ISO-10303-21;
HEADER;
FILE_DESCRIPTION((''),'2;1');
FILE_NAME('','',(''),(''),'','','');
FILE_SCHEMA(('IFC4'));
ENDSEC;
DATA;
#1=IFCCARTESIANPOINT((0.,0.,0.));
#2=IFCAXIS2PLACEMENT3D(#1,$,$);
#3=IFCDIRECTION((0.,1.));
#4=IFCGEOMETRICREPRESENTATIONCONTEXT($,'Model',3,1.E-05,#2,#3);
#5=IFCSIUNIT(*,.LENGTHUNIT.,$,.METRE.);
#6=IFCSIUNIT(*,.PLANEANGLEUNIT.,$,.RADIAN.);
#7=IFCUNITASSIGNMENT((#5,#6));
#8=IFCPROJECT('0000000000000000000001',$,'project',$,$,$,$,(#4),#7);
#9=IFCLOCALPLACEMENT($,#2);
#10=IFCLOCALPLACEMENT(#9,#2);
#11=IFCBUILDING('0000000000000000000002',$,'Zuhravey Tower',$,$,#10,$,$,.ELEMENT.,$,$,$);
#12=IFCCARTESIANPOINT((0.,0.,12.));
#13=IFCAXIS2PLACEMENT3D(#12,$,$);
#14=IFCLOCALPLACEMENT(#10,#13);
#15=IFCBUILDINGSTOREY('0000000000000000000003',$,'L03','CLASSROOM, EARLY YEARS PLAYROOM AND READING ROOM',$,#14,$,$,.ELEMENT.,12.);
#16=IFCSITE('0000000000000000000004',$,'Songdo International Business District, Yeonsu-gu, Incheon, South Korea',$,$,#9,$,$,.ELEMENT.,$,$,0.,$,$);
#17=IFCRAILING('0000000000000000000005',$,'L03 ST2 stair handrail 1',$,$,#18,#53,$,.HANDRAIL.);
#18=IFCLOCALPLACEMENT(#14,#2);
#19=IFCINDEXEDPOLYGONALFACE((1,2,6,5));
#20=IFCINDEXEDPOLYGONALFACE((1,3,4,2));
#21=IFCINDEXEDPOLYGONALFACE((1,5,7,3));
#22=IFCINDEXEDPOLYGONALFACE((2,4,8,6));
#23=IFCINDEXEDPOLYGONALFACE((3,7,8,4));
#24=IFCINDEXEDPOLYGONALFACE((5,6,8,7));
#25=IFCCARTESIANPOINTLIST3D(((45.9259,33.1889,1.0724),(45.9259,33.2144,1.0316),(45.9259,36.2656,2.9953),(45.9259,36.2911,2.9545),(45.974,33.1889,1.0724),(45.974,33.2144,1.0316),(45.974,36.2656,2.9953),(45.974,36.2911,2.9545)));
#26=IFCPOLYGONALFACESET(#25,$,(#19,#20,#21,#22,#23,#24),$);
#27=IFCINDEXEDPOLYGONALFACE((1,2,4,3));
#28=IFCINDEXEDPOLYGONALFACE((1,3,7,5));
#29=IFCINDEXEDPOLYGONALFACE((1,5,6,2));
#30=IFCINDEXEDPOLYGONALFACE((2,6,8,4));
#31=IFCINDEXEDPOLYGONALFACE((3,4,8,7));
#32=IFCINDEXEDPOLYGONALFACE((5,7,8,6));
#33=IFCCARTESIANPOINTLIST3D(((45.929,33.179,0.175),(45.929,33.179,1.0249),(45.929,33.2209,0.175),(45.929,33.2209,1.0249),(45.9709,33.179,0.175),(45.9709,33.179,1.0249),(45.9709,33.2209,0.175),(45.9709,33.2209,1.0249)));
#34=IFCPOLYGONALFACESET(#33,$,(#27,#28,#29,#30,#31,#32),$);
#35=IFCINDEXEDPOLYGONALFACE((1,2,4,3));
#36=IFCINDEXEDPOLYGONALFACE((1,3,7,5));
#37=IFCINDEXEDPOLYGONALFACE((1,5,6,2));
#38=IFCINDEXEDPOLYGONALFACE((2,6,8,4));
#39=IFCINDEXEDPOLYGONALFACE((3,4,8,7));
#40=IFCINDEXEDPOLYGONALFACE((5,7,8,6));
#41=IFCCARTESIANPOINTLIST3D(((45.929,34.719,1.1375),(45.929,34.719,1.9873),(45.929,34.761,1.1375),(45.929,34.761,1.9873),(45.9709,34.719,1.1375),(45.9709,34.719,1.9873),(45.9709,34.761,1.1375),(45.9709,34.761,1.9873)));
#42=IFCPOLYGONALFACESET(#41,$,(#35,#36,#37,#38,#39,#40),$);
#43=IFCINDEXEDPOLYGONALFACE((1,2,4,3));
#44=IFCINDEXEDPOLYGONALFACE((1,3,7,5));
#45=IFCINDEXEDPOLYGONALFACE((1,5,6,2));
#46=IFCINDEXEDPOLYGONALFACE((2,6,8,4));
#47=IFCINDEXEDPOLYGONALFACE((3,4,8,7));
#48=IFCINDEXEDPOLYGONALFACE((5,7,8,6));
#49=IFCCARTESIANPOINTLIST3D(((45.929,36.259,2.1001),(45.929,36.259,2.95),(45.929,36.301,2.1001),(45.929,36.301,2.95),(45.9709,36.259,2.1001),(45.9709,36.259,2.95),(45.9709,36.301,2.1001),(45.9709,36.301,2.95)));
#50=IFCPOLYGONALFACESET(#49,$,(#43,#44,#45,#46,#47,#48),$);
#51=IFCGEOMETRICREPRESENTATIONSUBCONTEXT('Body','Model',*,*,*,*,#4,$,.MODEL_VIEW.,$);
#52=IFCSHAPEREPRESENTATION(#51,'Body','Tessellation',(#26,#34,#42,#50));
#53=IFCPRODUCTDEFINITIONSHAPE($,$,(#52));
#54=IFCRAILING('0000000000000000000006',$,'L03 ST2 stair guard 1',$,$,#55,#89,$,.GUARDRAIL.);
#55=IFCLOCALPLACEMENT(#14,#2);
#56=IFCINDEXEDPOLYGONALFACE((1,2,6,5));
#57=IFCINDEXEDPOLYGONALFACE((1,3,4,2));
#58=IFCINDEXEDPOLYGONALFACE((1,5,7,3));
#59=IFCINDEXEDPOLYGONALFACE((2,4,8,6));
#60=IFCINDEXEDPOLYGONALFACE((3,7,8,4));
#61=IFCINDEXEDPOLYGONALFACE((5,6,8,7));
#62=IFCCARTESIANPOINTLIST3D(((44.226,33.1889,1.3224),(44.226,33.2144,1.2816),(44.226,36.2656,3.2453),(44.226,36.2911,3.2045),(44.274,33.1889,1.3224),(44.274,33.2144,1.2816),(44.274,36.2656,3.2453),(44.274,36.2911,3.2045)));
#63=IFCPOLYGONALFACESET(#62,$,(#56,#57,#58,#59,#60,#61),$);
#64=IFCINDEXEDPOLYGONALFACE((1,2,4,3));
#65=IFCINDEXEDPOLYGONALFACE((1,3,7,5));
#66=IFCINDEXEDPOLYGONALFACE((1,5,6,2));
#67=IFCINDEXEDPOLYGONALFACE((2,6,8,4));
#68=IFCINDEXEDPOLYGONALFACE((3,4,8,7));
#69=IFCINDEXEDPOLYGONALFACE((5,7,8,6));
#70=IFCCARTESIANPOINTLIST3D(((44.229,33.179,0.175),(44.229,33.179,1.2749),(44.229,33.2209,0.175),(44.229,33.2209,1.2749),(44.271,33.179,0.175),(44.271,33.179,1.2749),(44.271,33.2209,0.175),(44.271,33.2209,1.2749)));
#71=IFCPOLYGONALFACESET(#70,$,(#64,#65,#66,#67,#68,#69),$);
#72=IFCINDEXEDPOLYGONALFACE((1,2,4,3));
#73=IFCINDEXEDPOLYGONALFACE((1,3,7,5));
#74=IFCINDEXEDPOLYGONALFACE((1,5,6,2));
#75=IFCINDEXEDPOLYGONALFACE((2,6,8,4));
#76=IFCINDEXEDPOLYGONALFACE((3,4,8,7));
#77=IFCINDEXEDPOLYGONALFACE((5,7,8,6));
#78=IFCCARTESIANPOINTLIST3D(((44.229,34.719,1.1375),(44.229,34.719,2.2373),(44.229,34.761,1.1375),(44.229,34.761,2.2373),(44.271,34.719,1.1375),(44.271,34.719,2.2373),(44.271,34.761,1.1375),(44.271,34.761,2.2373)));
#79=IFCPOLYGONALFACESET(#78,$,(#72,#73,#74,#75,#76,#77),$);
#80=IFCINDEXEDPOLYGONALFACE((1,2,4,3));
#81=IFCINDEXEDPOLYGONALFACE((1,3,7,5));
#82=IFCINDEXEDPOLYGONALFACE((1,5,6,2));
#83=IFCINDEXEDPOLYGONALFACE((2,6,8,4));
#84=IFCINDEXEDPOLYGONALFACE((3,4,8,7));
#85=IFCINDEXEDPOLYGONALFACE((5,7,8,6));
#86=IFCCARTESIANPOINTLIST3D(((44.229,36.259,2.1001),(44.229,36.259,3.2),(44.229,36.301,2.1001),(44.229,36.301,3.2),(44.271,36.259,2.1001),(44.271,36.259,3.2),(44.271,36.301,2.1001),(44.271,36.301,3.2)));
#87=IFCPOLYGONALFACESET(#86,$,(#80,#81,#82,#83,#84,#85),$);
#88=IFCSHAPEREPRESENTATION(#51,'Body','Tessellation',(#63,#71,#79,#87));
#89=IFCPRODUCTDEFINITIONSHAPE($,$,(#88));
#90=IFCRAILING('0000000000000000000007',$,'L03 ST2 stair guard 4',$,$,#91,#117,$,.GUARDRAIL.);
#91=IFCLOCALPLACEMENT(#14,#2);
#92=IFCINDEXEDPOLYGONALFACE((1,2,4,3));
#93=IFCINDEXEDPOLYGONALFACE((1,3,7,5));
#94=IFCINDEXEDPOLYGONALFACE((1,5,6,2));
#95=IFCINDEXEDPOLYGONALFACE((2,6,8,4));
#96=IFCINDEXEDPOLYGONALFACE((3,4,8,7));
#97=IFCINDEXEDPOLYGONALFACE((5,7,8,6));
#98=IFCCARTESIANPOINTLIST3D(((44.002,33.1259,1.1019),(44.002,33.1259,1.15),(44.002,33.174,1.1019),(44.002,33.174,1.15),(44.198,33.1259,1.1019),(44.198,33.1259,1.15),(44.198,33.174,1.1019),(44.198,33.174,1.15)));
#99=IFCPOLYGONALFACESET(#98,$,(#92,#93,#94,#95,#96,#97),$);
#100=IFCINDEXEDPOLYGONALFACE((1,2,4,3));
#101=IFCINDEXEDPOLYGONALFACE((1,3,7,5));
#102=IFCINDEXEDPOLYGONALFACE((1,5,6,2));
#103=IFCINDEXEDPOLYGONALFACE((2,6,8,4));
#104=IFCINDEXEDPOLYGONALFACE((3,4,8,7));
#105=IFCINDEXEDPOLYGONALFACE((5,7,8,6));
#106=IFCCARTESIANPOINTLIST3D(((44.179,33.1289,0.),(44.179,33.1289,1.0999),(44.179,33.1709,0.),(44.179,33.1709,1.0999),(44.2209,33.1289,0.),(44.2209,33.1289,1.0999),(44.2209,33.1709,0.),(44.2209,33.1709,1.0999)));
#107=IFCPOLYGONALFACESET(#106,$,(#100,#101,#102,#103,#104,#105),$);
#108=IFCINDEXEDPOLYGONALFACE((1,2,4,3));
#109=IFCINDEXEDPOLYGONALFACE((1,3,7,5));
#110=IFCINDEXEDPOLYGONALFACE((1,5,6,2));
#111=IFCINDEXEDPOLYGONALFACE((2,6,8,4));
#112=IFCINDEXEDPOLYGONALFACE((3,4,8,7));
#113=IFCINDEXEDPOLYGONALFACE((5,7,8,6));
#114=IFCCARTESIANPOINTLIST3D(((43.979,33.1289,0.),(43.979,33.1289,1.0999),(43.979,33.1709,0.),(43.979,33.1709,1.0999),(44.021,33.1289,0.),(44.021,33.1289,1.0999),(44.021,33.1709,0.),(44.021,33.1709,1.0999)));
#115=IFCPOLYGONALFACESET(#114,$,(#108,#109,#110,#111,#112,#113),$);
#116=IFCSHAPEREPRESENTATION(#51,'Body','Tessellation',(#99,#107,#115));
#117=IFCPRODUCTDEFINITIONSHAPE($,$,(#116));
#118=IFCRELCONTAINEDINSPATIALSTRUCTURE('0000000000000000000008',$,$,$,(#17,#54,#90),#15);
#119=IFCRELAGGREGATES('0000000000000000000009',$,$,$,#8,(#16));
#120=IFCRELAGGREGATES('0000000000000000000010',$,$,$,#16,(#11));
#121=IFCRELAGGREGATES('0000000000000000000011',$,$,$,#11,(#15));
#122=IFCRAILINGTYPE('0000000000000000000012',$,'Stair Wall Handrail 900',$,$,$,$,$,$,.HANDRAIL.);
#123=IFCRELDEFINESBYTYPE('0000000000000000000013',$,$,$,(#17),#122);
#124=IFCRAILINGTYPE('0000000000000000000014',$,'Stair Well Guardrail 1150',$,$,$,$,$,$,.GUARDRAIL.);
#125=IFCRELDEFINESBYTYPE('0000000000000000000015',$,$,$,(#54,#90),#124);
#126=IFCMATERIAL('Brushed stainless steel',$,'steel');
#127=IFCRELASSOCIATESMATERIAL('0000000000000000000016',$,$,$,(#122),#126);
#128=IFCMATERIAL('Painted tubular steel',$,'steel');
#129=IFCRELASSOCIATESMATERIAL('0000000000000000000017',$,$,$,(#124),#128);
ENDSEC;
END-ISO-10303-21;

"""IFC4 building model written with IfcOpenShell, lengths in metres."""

from ifc_helpers import new_model, si_unit, direction, frame, origin, origin_2d, place, context, subcontext, project, spatial, rectangle, extrude, material, type_object, element, save


model = new_model("IFC4")

# Units and contexts
model_context = context("Model", 3, precision=1e-05, world=origin(), true_north=direction((0.0, 1.0)))
body_context = subcontext(model_context, "Body", "Model", "MODEL_VIEW")
ifc_project = project(units=[si_unit("LENGTHUNIT", "METRE"), si_unit("PLANEANGLEUNIT", "RADIAN")], contexts=[model_context])

# Site, building, storey
site_placement = place(None, origin())
site = spatial("IfcSite", under=ifc_project, at=site_placement, Name="Songdo International Business District, Yeonsu-gu, Incheon, South Korea", CompositionType="ELEMENT", RefElevation=0.0)
building_placement = place(site_placement, origin())
building = spatial("IfcBuilding", under=site, at=building_placement, Name="Zuhravey Tower", CompositionType="ELEMENT")
storey_placement = place(building_placement, frame((0.0, 0.0, 12.0)))
storey = spatial("IfcBuildingStorey", under=building, at=storey_placement, Name="L03", Description="CLASSROOM, EARLY YEARS PLAYROOM AND READING ROOM", CompositionType="ELEMENT", Elevation=12.0)

# Shared definitions
ifc_material_1 = material(Name="Brushed stainless steel", Category="steel")

# Railings
railing_type_1 = type_object("IfcRailingType", Name="Stair Wall Handrail 900", PredefinedType="HANDRAIL", material=ifc_material_1)
railing_1_placement = place(storey_placement, frame((45.95, 33.2, 0.175)))
element("IfcRailing", 1, at=railing_1_placement, inside=storey, type_object=railing_type_1, Name="L03 ST2 stair handrail 1", PredefinedType="HANDRAIL", context=body_context, shape_type="SweptSolid", body=[
    extrude(rectangle(XDim=0.0481, YDim=0.0481, at=origin_2d()), frame((0.0, 0.0017, 0.877), z_axis=(0.0, 0.847998, 0.529999), x_axis=(-1.0, 0.0, 0.0)), (0.0, 0.0, 1.0), 3.6282),
    extrude(rectangle(XDim=0.042, YDim=0.042, at=origin_2d()), origin(), (0.0, 0.0, 1.0), 0.8499),
    extrude(rectangle(XDim=0.042, YDim=0.042, at=origin_2d()), frame((0.0, 1.54, 0.9624)), (0.0, 0.0, 1.0), 0.8499),
    extrude(rectangle(XDim=0.042, YDim=0.042, at=origin_2d()), frame((0.0, 3.0801, 1.925)), (0.0, 0.0, 1.0), 0.8499),
])
ifc_material_2 = material(Name="Painted tubular steel", Category="steel")
railing_type_2 = type_object("IfcRailingType", Name="Stair Well Guardrail 1150", PredefinedType="GUARDRAIL", material=ifc_material_2)
railing_2_placement = place(storey_placement, frame((44.25, 33.2, 0.175)))
element("IfcRailing", 2, at=railing_2_placement, inside=storey, type_object=railing_type_2, Name="L03 ST2 stair guard 1", PredefinedType="GUARDRAIL", context=body_context, shape_type="SweptSolid", body=[
    extrude(rectangle(XDim=0.0481, YDim=0.0481, at=origin_2d()), frame((0.0, 0.0017, 1.127), z_axis=(0.0, 0.847998, 0.529999), x_axis=(-1.0, 0.0, 0.0)), (0.0, 0.0, 1.0), 3.6282),
    extrude(rectangle(XDim=0.042, YDim=0.042, at=origin_2d()), origin(), (0.0, 0.0, 1.0), 1.0999),
    extrude(rectangle(XDim=0.042, YDim=0.042, at=origin_2d()), frame((0.0, 1.54, 0.9624)), (0.0, 0.0, 1.0), 1.0999),
    extrude(rectangle(XDim=0.042, YDim=0.042, at=origin_2d()), frame((0.0, 3.0801, 1.925)), (0.0, 0.0, 1.0), 1.0999),
])
railing_3_placement = place(storey_placement, frame((44.2, 33.1499, 0.0)))
element("IfcRailing", 3, at=railing_3_placement, inside=storey, type_object=railing_type_2, Name="L03 ST2 stair guard 4", PredefinedType="GUARDRAIL", context=body_context, shape_type="SweptSolid", body=[
    extrude(rectangle(XDim=0.0481, YDim=0.0481, at=origin_2d()), frame((-0.002, 0.0, 1.126), z_axis=(-1.0, 0.0, 0.0), x_axis=(0.0, -1.0, 0.0)), (0.0, 0.0, 1.0), 0.196),
    extrude(rectangle(XDim=0.042, YDim=0.042, at=origin_2d()), origin(), (0.0, 0.0, 1.0), 1.0999),
    extrude(rectangle(XDim=0.042, YDim=0.042, at=origin_2d()), frame((-0.2, 0.0, 0.0)), (0.0, 0.0, 1.0), 1.0999),
])

save(model, "model.ifc")
